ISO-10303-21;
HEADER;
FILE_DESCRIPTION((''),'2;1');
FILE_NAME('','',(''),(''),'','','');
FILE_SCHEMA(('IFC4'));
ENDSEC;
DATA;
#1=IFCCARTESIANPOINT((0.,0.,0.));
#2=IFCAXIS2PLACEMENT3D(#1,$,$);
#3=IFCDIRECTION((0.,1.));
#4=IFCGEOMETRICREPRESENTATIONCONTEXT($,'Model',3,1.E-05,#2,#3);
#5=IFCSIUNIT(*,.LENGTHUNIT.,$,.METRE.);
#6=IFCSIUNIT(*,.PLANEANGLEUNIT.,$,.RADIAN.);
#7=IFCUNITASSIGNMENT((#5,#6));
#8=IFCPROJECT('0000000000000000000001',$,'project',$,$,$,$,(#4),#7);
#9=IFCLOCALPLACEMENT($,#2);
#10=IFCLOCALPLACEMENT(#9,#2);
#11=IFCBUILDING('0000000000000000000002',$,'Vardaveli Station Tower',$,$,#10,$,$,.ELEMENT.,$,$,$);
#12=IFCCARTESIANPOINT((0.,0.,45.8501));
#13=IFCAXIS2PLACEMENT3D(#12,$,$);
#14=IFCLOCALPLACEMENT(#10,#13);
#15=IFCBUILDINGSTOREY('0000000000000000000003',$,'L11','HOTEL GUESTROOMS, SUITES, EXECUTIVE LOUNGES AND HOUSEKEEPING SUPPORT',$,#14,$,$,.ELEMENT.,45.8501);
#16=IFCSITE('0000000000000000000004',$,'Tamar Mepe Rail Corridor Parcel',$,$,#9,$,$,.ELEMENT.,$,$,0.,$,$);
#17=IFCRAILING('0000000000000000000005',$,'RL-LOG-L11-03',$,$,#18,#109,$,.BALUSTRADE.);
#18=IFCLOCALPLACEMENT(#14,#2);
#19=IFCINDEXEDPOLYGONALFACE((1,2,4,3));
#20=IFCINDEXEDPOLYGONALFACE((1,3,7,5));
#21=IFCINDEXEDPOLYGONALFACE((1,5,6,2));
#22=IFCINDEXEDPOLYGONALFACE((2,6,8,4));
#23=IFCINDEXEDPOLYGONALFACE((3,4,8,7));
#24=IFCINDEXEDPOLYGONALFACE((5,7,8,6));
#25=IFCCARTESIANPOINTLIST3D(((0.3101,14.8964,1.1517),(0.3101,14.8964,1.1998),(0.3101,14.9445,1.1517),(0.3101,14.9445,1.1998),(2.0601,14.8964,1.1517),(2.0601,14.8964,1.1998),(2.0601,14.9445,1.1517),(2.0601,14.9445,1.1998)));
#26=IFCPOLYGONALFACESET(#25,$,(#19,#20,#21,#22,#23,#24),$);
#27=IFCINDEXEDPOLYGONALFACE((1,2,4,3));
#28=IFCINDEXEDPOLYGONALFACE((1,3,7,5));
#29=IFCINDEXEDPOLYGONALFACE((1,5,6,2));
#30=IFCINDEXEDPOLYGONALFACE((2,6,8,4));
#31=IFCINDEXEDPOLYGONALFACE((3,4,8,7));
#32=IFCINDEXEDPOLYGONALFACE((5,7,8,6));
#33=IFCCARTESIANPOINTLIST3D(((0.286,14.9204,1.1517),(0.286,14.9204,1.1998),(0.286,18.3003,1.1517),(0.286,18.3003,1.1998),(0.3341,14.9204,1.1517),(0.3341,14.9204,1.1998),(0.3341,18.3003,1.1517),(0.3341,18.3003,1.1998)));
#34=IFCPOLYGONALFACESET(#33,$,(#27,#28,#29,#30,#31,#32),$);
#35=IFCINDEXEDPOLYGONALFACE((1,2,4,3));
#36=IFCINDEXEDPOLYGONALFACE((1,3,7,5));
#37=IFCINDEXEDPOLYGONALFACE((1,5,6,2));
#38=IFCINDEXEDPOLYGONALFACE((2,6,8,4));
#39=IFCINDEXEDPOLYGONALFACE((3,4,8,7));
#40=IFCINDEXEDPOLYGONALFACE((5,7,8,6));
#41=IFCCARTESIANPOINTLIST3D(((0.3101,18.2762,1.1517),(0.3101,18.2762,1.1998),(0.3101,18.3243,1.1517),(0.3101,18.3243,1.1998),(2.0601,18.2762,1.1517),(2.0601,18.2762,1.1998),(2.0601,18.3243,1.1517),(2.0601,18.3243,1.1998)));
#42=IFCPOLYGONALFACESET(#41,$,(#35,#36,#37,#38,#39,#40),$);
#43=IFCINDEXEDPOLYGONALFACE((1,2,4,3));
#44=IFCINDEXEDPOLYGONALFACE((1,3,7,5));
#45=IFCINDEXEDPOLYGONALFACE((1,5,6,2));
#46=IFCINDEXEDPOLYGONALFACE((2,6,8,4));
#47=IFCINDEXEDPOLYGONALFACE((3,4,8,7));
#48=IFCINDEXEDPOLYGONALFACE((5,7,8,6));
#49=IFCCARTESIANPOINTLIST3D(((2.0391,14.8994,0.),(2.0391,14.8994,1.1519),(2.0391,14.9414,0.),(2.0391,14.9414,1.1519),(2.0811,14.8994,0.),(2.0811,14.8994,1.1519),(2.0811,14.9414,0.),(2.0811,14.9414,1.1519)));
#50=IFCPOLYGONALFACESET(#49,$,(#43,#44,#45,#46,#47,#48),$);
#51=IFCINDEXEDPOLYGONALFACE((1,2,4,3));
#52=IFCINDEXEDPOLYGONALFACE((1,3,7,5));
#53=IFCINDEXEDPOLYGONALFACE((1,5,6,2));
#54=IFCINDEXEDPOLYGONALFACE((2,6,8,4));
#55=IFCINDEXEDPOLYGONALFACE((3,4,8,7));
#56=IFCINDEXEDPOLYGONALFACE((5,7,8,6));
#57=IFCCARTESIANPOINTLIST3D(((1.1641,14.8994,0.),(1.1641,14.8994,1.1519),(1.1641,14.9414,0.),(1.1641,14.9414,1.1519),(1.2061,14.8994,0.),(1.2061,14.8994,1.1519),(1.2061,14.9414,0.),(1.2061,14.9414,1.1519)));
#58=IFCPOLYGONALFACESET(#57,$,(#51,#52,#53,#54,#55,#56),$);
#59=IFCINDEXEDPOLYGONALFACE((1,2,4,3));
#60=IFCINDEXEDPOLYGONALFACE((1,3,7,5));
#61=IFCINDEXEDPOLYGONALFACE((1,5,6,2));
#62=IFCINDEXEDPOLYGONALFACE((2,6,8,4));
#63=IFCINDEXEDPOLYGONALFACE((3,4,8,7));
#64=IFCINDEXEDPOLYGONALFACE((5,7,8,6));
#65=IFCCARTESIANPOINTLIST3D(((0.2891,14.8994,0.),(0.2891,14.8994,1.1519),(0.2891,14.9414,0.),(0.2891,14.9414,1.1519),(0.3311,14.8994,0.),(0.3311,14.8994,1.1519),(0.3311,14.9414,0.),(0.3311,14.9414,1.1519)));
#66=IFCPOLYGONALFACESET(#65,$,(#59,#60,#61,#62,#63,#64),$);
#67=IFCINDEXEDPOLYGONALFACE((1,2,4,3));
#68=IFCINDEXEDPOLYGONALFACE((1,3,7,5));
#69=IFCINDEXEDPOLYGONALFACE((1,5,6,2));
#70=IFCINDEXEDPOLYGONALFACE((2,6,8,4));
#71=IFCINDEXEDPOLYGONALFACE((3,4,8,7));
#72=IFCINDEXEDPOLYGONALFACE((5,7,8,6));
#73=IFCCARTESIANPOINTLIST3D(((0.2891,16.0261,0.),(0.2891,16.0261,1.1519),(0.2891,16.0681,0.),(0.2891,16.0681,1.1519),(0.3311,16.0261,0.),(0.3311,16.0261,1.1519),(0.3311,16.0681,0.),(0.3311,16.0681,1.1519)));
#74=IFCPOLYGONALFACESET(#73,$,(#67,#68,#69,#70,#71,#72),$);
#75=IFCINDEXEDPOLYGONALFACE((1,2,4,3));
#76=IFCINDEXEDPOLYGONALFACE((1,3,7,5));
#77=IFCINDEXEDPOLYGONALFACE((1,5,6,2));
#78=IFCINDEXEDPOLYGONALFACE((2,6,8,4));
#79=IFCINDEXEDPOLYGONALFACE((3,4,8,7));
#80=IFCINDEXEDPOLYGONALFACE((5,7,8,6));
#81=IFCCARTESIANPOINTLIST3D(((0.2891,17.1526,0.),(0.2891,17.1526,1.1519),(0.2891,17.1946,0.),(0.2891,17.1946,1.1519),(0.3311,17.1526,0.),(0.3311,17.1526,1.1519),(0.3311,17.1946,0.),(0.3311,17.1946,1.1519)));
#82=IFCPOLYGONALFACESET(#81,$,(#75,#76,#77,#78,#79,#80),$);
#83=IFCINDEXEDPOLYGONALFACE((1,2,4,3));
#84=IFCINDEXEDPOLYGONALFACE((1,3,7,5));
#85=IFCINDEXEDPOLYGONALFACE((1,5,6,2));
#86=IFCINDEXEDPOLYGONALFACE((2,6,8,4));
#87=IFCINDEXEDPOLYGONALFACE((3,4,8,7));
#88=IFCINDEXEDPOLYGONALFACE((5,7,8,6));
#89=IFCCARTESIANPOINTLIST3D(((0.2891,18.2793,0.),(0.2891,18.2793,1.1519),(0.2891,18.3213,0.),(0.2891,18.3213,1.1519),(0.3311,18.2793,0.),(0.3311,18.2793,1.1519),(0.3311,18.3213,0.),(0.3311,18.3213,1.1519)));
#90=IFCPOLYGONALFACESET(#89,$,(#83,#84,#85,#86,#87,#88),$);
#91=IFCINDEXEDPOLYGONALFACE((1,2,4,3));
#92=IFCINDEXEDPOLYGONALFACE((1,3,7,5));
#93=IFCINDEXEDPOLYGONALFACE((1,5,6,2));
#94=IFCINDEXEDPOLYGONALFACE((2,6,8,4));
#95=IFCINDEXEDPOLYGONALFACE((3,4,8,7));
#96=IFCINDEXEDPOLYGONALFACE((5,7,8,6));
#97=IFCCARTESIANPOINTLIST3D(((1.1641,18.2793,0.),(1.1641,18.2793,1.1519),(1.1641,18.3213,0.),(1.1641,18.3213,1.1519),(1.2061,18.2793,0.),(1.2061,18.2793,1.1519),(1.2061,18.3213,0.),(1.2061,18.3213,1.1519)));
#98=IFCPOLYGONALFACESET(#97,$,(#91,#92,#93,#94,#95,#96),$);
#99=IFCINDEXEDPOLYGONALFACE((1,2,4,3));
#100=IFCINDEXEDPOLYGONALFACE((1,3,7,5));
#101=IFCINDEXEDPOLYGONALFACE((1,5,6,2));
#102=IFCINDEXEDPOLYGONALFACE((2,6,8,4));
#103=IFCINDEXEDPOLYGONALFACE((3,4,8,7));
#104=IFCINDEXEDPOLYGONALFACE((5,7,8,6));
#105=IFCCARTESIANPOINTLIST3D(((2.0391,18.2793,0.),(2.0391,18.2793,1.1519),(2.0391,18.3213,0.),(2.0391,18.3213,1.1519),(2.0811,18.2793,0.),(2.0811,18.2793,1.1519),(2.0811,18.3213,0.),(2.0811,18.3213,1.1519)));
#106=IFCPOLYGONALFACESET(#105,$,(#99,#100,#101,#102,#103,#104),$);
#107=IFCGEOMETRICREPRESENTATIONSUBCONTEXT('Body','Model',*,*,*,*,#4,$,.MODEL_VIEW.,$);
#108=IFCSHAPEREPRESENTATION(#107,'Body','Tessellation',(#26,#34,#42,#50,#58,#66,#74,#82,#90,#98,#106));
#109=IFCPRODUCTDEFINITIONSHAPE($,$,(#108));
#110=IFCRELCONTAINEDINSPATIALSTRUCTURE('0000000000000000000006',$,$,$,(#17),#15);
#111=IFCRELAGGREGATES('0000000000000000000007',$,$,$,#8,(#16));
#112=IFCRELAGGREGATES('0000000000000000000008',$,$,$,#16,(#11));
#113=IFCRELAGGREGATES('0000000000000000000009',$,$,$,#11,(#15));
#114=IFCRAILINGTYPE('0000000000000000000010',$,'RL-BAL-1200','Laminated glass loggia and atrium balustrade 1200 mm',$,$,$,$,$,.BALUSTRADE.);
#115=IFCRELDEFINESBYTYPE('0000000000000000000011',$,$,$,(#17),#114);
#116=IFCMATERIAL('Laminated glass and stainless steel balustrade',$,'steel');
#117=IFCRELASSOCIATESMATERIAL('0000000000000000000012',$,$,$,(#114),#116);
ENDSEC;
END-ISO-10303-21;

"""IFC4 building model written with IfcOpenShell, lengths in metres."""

from ifc_helpers import new_model, si_unit, direction, frame, origin, origin_2d, place, context, subcontext, project, spatial, rectangle, extrude, source, transform, mapped, material, type_object, element, save


model = new_model("IFC4")

# Units and contexts
model_context = context("Model", 3, precision=1e-05, world=origin(), true_north=direction((0.0, 1.0)))
body_context = subcontext(model_context, "Body", "Model", "MODEL_VIEW")
ifc_project = project(units=[si_unit("LENGTHUNIT", "METRE"), si_unit("PLANEANGLEUNIT", "RADIAN")], contexts=[model_context])

# Site, building, storey
site_placement = place(None, origin())
site = spatial("IfcSite", under=ifc_project, at=site_placement, Name="Tamar Mepe Rail Corridor Parcel", CompositionType="ELEMENT", RefElevation=0.0)
building_placement = place(site_placement, origin())
building = spatial("IfcBuilding", under=site, at=building_placement, Name="Vardaveli Station Tower", CompositionType="ELEMENT")
storey_placement = place(building_placement, frame((0.0, 0.0, 45.8501)))
storey = spatial("IfcBuildingStorey", under=building, at=storey_placement, Name="L11", Description="HOTEL GUESTROOMS, SUITES, EXECUTIVE LOUNGES AND HOUSEKEEPING SUPPORT", CompositionType="ELEMENT", Elevation=45.8501)

# Railing
ifc_material_1 = material(Name="Laminated glass and stainless steel balustrade", Category="steel")
railing_type = type_object("IfcRailingType", Name="RL-BAL-1200", Description="Laminated glass loggia and atrium balustrade 1200 mm", PredefinedType="BALUSTRADE", material=ifc_material_1)
shared_shape_1 = source(origin(), body_context, "Body", "SweptSolid", [
    extrude(rectangle(XDim=0.0481, YDim=0.0481, at=origin_2d()), frame((0.0, 0.0, 1.1758), z_axis=(-1.0, 0.0, 0.0), x_axis=(0.0, -1.0, 0.0)), (0.0, 0.0, 1.0), 1.75),
    extrude(rectangle(XDim=0.0481, YDim=0.0481, at=origin_2d()), frame((-1.75, 0.0, 1.1758), z_axis=(0.0, 1.0, 0.0), x_axis=(-1.0, 0.0, 0.0)), (0.0, 0.0, 1.0), 3.3799),
    extrude(rectangle(XDim=0.0481, YDim=0.0481, at=origin_2d()), frame((-1.75, 3.3799, 1.1758), z_axis=(1.0, 0.0, 0.0), x_axis=(0.0, 1.0, 0.0)), (0.0, 0.0, 1.0), 1.75),
    extrude(rectangle(XDim=0.042, YDim=0.042, at=origin_2d()), origin(), (0.0, 0.0, 1.0), 1.1519),
    extrude(rectangle(XDim=0.042, YDim=0.042, at=origin_2d()), frame((-0.875, 0.0, 0.0)), (0.0, 0.0, 1.0), 1.1519),
    extrude(rectangle(XDim=0.042, YDim=0.042, at=origin_2d()), frame((-1.75, 0.0, 0.0)), (0.0, 0.0, 1.0), 1.1519),
    extrude(rectangle(XDim=0.042, YDim=0.042, at=origin_2d()), frame((-1.75, 1.1267, 0.0)), (0.0, 0.0, 1.0), 1.1519),
    extrude(rectangle(XDim=0.042, YDim=0.042, at=origin_2d()), frame((-1.75, 2.2532, 0.0)), (0.0, 0.0, 1.0), 1.1519),
    extrude(rectangle(XDim=0.042, YDim=0.042, at=origin_2d()), frame((-1.75, 3.3799, 0.0)), (0.0, 0.0, 1.0), 1.1519),
    extrude(rectangle(XDim=0.042, YDim=0.042, at=origin_2d()), frame((-0.875, 3.3799, 0.0)), (0.0, 0.0, 1.0), 1.1519),
    extrude(rectangle(XDim=0.042, YDim=0.042, at=origin_2d()), frame((0.0, 3.3799, 0.0)), (0.0, 0.0, 1.0), 1.1519),
])
railing_placement = place(storey_placement, frame((2.0601, 14.9204, 0.0)))
element("IfcRailing", 1, at=railing_placement, inside=storey, type_object=railing_type, Name="RL-LOG-L11-03", PredefinedType="BALUSTRADE", context=body_context, shape_type="MappedRepresentation", body=[
    mapped(shared_shape_1, transform((0.0, 0.0, 0.0), scale=1.0)),
])

save(model, "model.ifc")
